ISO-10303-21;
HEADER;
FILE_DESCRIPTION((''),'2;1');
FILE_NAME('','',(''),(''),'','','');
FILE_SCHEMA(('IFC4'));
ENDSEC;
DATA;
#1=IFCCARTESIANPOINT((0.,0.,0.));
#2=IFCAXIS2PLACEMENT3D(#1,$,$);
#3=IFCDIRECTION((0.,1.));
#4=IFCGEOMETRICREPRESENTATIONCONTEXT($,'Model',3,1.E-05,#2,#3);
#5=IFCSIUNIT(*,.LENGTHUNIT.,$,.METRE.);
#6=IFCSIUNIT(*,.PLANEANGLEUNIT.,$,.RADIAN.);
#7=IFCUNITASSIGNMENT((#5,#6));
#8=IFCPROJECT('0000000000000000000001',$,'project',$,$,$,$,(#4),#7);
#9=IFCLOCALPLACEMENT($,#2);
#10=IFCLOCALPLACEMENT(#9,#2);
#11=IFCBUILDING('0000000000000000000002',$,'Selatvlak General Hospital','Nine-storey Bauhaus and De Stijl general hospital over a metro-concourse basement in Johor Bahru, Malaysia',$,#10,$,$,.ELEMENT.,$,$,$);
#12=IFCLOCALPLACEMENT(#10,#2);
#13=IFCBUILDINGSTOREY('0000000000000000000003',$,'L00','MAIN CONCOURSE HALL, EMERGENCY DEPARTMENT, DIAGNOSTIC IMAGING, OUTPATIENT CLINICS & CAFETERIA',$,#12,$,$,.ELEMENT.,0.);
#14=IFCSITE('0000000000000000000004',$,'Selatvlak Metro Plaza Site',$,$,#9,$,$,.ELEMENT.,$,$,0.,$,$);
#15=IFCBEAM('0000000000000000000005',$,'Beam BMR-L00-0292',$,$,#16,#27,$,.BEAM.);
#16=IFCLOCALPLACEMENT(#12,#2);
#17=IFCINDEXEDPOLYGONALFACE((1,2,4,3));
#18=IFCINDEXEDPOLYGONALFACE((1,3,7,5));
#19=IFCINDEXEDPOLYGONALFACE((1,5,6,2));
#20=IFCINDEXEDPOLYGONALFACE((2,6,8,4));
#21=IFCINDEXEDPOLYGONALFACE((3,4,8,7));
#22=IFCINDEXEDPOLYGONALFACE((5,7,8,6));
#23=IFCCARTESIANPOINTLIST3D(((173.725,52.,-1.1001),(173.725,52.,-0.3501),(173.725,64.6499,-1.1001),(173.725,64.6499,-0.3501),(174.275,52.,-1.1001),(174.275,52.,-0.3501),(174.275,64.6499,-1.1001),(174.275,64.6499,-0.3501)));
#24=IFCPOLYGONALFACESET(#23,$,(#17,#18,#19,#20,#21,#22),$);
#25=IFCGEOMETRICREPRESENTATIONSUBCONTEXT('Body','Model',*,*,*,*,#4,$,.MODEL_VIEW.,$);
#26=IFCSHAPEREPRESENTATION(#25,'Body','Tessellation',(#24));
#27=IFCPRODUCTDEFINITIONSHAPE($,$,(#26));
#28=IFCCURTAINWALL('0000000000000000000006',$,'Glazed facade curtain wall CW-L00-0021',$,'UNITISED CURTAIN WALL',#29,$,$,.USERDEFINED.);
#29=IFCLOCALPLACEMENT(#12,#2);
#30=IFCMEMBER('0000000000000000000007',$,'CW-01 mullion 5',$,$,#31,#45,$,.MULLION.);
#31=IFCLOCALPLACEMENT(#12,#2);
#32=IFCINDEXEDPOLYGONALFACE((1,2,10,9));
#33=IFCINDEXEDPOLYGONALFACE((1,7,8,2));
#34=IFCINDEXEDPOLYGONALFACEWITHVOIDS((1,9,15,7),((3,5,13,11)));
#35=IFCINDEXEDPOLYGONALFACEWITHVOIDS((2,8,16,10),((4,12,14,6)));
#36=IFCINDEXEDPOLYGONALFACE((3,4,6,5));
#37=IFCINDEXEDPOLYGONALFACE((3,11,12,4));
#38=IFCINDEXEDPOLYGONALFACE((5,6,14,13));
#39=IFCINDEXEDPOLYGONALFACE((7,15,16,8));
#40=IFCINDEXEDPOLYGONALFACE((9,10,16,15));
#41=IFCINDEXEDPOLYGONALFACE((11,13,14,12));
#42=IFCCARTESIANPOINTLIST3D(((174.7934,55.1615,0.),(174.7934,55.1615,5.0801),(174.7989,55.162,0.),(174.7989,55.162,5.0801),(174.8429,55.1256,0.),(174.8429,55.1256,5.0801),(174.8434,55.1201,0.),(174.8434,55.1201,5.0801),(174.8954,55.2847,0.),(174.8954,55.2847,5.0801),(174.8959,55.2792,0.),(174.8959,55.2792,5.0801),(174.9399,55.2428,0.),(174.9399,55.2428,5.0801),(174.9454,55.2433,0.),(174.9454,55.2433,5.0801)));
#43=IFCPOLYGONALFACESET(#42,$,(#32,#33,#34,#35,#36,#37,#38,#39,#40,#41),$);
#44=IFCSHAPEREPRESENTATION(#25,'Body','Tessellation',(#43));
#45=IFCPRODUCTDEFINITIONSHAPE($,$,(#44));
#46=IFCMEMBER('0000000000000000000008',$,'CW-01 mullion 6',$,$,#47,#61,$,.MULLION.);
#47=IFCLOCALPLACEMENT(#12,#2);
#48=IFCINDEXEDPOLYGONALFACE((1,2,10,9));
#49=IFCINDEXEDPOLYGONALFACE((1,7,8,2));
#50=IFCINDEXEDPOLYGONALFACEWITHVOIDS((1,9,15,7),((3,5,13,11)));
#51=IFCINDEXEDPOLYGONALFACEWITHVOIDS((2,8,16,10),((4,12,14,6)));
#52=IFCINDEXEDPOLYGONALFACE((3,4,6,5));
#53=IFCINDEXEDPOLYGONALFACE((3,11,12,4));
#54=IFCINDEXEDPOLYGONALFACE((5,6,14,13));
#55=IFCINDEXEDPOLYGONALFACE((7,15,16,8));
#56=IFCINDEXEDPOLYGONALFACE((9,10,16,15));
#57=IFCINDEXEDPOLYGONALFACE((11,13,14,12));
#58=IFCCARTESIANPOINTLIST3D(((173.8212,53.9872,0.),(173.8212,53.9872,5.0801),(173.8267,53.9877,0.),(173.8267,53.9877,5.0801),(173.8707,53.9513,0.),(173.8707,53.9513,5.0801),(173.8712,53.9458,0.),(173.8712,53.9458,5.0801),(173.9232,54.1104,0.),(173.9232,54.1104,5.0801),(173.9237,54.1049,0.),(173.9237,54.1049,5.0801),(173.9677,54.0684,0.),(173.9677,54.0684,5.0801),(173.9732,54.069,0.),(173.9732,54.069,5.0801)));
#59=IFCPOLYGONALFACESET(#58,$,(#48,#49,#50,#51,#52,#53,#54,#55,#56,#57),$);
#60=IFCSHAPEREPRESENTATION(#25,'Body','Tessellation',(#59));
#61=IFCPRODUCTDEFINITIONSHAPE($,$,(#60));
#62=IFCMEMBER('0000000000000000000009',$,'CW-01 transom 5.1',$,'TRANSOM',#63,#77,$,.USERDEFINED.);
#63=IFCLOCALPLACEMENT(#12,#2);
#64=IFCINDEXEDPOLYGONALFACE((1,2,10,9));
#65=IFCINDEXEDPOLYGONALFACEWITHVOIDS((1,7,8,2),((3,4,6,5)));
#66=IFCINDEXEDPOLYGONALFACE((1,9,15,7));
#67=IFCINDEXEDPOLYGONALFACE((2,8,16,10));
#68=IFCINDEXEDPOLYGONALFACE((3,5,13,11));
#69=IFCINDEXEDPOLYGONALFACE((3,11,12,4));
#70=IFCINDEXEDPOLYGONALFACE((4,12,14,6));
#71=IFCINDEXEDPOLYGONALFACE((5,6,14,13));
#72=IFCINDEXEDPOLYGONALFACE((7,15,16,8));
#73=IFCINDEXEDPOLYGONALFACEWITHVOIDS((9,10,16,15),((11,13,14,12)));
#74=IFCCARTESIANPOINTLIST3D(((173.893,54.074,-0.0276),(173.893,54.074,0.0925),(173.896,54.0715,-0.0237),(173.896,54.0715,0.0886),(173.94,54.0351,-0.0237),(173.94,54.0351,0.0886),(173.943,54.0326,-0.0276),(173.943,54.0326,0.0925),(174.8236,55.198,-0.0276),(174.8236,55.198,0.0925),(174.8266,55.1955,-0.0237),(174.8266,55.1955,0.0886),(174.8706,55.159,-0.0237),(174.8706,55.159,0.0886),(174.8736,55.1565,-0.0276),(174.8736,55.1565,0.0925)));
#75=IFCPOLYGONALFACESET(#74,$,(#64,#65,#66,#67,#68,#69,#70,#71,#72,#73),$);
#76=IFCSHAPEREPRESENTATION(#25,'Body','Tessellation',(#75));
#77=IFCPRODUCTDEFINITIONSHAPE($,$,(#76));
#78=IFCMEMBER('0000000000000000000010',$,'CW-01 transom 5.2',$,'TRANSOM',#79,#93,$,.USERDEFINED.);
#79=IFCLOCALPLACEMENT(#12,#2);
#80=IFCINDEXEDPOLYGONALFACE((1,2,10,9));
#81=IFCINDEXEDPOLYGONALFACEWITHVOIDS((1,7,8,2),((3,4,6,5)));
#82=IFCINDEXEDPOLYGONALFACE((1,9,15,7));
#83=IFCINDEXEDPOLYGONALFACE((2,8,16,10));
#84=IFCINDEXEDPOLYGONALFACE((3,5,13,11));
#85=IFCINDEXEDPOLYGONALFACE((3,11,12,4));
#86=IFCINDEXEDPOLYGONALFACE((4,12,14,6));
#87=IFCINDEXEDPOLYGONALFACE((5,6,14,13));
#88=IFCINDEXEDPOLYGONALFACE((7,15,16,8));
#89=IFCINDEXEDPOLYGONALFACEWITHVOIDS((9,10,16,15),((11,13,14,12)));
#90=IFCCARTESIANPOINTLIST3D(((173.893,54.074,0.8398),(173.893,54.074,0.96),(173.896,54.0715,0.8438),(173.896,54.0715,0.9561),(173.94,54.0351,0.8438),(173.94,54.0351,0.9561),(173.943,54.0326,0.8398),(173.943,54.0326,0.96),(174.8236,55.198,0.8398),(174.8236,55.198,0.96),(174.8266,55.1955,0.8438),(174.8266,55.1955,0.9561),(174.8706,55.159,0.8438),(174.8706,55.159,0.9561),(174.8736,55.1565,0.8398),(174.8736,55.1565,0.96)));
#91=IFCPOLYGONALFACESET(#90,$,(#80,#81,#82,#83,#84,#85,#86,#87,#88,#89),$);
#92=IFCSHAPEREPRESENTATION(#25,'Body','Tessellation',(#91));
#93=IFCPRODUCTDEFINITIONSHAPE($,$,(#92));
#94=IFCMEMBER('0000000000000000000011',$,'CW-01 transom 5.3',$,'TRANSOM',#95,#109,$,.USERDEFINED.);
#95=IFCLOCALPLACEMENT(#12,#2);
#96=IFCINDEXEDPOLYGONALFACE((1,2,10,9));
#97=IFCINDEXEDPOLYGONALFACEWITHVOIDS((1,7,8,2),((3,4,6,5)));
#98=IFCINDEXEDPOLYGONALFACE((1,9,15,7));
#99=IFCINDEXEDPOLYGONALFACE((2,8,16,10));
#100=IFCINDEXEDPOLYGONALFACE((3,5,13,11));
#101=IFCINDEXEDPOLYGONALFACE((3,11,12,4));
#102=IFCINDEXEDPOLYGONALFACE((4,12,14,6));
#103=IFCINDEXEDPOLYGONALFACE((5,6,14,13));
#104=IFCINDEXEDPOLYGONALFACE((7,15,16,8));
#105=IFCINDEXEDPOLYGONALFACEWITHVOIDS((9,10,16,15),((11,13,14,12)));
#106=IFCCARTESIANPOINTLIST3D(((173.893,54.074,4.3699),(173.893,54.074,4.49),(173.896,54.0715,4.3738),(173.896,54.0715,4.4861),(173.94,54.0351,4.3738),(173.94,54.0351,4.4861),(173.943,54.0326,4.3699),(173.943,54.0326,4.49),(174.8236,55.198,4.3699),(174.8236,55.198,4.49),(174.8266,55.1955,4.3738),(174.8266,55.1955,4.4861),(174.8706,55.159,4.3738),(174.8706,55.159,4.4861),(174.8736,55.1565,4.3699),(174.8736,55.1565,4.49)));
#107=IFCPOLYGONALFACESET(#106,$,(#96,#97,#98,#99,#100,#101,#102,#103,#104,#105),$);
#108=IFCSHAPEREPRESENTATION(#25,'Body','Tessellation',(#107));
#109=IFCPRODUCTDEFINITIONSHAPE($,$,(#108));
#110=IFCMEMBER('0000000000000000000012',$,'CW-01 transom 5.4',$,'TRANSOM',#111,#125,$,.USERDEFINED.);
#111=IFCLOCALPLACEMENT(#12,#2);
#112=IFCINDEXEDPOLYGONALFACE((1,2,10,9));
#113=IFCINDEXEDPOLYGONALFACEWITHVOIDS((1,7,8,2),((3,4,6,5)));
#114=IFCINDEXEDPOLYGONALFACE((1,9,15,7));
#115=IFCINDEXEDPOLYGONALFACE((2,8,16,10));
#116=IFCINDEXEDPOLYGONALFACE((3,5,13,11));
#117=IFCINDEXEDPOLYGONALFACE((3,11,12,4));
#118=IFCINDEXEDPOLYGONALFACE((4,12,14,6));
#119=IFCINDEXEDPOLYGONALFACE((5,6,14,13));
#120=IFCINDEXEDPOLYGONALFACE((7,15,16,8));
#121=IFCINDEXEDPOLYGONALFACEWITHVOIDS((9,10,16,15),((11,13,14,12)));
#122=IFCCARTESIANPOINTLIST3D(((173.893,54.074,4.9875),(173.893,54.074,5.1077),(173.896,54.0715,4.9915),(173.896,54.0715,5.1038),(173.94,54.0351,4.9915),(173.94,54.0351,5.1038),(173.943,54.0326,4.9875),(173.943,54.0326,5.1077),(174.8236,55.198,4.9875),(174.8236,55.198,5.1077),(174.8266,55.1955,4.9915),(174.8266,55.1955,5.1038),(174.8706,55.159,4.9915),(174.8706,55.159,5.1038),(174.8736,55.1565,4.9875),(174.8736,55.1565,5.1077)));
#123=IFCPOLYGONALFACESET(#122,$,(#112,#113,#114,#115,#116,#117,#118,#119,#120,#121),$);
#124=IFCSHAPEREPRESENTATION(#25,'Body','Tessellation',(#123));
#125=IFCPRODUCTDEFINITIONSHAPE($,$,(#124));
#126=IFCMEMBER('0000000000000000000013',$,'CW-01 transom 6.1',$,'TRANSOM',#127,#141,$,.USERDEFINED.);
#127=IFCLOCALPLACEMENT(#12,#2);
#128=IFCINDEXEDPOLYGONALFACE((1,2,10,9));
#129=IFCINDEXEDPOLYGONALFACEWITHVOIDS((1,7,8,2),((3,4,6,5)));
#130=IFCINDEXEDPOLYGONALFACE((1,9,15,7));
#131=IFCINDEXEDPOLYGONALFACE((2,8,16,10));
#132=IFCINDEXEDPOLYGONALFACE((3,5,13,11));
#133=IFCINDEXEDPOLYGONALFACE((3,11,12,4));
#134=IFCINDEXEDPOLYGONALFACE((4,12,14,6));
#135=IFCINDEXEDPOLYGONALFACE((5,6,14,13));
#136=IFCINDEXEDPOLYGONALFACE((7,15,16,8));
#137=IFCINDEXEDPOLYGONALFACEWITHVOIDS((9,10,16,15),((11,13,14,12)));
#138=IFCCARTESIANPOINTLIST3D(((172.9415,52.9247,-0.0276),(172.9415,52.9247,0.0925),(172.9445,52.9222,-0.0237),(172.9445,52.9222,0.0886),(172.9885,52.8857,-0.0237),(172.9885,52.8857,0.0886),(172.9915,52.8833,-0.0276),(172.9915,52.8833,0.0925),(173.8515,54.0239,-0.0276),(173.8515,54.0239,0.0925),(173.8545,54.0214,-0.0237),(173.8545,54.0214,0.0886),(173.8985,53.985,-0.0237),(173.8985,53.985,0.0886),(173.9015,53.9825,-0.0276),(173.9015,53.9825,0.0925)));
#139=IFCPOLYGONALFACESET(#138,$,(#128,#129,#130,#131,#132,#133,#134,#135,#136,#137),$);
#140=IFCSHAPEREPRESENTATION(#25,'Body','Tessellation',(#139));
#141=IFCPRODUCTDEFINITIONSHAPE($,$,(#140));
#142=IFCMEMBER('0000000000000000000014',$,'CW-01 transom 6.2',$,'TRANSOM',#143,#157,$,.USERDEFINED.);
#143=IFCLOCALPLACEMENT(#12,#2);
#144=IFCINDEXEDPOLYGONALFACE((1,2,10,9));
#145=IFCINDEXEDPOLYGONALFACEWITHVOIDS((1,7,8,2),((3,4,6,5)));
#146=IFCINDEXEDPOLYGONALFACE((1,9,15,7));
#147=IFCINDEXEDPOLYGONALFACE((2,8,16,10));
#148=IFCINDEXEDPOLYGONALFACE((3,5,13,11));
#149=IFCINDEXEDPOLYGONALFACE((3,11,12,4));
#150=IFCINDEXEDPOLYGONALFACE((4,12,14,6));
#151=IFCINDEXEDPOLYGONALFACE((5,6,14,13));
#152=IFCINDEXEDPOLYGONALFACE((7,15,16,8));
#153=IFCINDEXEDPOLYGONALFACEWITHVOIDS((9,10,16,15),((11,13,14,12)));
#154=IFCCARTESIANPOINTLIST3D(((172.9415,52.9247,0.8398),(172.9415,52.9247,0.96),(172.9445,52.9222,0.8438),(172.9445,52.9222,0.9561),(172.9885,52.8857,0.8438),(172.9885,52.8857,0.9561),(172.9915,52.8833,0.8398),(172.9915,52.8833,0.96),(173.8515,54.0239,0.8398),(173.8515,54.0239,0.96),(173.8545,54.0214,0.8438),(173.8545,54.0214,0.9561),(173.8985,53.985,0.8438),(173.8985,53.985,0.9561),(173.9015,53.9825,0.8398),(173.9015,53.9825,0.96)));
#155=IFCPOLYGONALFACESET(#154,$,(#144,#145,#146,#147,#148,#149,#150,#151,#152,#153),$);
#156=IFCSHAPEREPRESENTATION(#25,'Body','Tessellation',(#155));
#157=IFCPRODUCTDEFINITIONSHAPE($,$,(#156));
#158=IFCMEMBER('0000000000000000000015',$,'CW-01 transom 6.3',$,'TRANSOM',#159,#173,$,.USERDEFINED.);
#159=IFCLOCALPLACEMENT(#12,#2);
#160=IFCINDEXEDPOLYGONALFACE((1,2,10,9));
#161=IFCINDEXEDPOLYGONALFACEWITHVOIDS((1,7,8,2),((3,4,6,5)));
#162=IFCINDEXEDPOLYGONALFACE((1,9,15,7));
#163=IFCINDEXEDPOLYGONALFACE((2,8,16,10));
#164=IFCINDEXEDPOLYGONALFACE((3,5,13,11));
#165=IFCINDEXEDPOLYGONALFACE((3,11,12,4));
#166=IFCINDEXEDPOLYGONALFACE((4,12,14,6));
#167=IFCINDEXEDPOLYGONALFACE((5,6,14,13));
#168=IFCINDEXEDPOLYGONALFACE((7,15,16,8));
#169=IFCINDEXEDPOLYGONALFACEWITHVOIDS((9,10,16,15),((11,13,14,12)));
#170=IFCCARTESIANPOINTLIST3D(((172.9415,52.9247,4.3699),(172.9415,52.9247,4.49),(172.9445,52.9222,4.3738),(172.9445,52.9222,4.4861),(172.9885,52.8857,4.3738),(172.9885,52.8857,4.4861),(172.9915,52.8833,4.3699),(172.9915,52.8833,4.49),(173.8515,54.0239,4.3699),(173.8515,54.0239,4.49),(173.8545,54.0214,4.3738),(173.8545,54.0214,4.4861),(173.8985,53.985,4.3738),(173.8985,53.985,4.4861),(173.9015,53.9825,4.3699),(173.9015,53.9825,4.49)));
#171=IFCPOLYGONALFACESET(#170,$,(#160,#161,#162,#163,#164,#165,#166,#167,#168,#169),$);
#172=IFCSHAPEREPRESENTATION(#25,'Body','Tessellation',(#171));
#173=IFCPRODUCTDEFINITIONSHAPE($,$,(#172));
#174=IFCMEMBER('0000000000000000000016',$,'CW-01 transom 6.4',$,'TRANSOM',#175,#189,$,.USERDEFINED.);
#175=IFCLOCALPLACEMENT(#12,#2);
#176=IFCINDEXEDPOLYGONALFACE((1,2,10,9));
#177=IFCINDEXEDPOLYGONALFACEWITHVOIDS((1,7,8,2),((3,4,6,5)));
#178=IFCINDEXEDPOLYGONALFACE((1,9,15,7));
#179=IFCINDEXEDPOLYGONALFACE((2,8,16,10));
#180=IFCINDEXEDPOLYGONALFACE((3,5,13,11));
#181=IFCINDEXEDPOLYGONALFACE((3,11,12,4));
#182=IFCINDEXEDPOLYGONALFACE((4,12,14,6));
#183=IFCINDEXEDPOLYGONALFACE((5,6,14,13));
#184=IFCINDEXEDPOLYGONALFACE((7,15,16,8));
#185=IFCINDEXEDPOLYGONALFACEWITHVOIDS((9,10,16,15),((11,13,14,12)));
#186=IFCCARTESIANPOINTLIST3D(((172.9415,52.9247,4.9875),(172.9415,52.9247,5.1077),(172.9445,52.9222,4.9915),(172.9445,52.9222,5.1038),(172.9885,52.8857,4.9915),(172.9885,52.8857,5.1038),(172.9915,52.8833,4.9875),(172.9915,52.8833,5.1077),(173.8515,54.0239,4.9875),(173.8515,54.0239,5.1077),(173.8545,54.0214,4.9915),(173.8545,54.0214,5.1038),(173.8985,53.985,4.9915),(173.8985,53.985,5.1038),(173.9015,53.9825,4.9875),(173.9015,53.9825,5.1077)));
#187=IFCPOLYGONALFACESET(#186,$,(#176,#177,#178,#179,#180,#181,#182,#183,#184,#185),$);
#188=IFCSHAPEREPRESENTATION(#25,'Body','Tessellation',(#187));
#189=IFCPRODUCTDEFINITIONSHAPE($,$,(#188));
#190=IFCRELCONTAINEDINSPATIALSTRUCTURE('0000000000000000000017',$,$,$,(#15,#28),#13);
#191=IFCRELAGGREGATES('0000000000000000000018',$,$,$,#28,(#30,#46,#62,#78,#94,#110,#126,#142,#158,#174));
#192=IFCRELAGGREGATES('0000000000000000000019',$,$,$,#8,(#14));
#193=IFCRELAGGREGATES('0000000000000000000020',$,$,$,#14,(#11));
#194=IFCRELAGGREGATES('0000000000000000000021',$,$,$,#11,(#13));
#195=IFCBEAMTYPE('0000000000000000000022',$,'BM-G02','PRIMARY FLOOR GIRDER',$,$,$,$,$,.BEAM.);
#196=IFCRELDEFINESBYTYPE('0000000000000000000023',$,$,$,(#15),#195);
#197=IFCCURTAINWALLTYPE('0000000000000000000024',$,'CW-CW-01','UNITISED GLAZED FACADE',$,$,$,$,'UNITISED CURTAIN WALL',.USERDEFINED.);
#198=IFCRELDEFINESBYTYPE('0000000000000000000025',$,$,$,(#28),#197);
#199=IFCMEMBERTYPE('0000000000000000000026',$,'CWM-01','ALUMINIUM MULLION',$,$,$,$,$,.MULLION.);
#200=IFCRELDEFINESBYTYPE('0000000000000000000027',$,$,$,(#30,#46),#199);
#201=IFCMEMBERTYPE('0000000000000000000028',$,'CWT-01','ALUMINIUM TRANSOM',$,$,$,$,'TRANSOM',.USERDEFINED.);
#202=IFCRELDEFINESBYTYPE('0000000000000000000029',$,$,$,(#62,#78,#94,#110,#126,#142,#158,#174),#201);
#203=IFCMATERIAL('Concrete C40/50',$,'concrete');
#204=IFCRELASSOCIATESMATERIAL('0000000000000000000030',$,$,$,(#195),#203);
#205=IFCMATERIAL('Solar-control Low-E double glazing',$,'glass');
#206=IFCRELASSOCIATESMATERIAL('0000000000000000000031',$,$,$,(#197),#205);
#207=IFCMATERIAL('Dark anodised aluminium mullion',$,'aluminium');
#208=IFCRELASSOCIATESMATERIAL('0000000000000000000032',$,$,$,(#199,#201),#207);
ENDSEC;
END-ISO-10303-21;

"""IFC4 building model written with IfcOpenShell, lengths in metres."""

from ifc_helpers import new_model, si_unit, direction, frame, origin, origin_2d, place, context, subcontext, project, spatial, rectangle, hollow_rectangle, extrude, material, material_profile, profile_set, type_object, element, aggregate, save


model = new_model("IFC4")

# Units and contexts
model_context = context("Model", 3, precision=1e-05, world=origin(), true_north=direction((0.0, 1.0)))
body_context = subcontext(model_context, "Body", "Model", "MODEL_VIEW")
ifc_project = project(units=[si_unit("LENGTHUNIT", "METRE"), si_unit("PLANEANGLEUNIT", "RADIAN")], contexts=[model_context])

# Site, building, storey
site_placement = place(None, origin())
site = spatial("IfcSite", under=ifc_project, at=site_placement, Name="Selatvlak Metro Plaza Site", CompositionType="ELEMENT", RefElevation=0.0)
building_placement = place(site_placement, origin())
building = spatial("IfcBuilding", under=site, at=building_placement, Name="Selatvlak General Hospital", Description="Nine-storey Bauhaus and De Stijl general hospital over a metro-concourse basement in Johor Bahru, Malaysia", CompositionType="ELEMENT")
storey_placement = place(building_placement, origin())
storey = spatial("IfcBuildingStorey", under=building, at=storey_placement, Name="L00", Description="MAIN CONCOURSE HALL, EMERGENCY DEPARTMENT, DIAGNOSTIC IMAGING, OUTPATIENT CLINICS & CAFETERIA", CompositionType="ELEMENT", Elevation=0.0)

# Beam
ifc_material_1 = material(Name="Concrete C40/50", Category="concrete")
ifc_material_profile_1 = material_profile(ifc_material_1, rectangle(XDim=0.55, YDim=0.75, at=origin_2d()), Name="RC-BM 550x750")
ifc_profile_set_1 = profile_set([ifc_material_profile_1], Name="Concrete C40/50")
beam_type = type_object("IfcBeamType", Name="BM-G02", Description="PRIMARY FLOOR GIRDER", PredefinedType="BEAM", material=ifc_profile_set_1)
beam_placement = place(storey_placement, frame((174.0, 52.0, -0.7251), z_axis=(0.0, 1.0, 0.0), x_axis=(-1.0, 0.0, 0.0)))
element("IfcBeam", 1, at=beam_placement, inside=storey, type_object=beam_type, Name="Beam BMR-L00-0292", PredefinedType="BEAM", context=body_context, shape_type="SweptSolid", body=[
    extrude(rectangle(XDim=0.55, YDim=0.75, at=origin_2d()), origin(), (0.0, 0.0, 1.0), 12.6499),
])

# Curtain wall, members
ifc_material_2 = material(Name="Solar-control Low-E double glazing", Category="glass")
curtain_wall_type = type_object("IfcCurtainWallType", Name="CW-CW-01", Description="UNITISED GLAZED FACADE", ElementType="UNITISED CURTAIN WALL", PredefinedType="USERDEFINED", material=ifc_material_2)
curtain_wall_placement = place(storey_placement, origin())
curtain_wall = element("IfcCurtainWall", 2, at=curtain_wall_placement, inside=storey, type_object=curtain_wall_type, Name="Glazed facade curtain wall CW-L00-0021", ObjectType="UNITISED CURTAIN WALL", PredefinedType="USERDEFINED")
ifc_material_3 = material(Name="Dark anodised aluminium mullion", Category="aluminium")
ifc_material_profile_2 = material_profile(ifc_material_3, hollow_rectangle(XDim=0.0649, YDim=0.1599, WallThickness=0.0039, at=origin_2d()), Name="AL-MUL 65x160x4")
ifc_profile_set_2 = profile_set([ifc_material_profile_2], Name="Dark anodised aluminium mullion")
member_type_1 = type_object("IfcMemberType", Name="CWM-01", Description="ALUMINIUM MULLION", PredefinedType="MULLION", material=ifc_profile_set_2)
member_1_placement = place(storey_placement, frame((174.8694, 55.2024, 0.0), z_axis=(0.0, 0.0, 1.0), x_axis=(0.770252, -0.63774, 0.0)))
member_1 = element("IfcMember", 3, at=member_1_placement, type_object=member_type_1, Name="CW-01 mullion 5", PredefinedType="MULLION", context=body_context, shape_type="SweptSolid", body=[
    extrude(hollow_rectangle(XDim=0.0649, YDim=0.1599, WallThickness=0.0039, at=origin_2d()), origin(), (0.0, 0.0, 1.0), 5.0801),
])
member_2_placement = place(storey_placement, frame((173.8972, 54.0281, 0.0), z_axis=(0.0, 0.0, 1.0), x_axis=(0.770252, -0.63774, 0.0)))
member_2 = element("IfcMember", 4, at=member_2_placement, type_object=member_type_1, Name="CW-01 mullion 6", PredefinedType="MULLION", context=body_context, shape_type="SweptSolid", body=[
    extrude(hollow_rectangle(XDim=0.0649, YDim=0.1599, WallThickness=0.0039, at=origin_2d()), origin(), (0.0, 0.0, 1.0), 5.0801),
])
ifc_material_profile_3 = material_profile(ifc_material_3, hollow_rectangle(XDim=0.0649, YDim=0.1201, WallThickness=0.0039, at=origin_2d()), Name="AL-TRN 65x120x4")
ifc_profile_set_3 = profile_set([ifc_material_profile_3], Name="Dark anodised aluminium mullion")
member_type_2 = type_object("IfcMemberType", Name="CWT-01", Description="ALUMINIUM TRANSOM", ElementType="TRANSOM", PredefinedType="USERDEFINED", material=ifc_profile_set_3)
member_3_placement = place(storey_placement, frame((174.8486, 55.1772, 0.0325), z_axis=(-0.637746, -0.770247, 0.0), x_axis=(0.770247, -0.637746, 0.0)))
member_3 = element("IfcMember", 5, at=member_3_placement, type_object=member_type_2, Name="CW-01 transom 5.1", ObjectType="TRANSOM", PredefinedType="USERDEFINED", context=body_context, shape_type="SweptSolid", body=[
    extrude(hollow_rectangle(XDim=0.0649, YDim=0.1201, WallThickness=0.0039, at=origin_2d()), origin(), (0.0, 0.0, 1.0), 1.4592),
])
member_4_placement = place(storey_placement, frame((174.8486, 55.1772, 0.8999), z_axis=(-0.637746, -0.770247, 0.0), x_axis=(0.770247, -0.637746, 0.0)))
member_4 = element("IfcMember", 6, at=member_4_placement, type_object=member_type_2, Name="CW-01 transom 5.2", ObjectType="TRANSOM", PredefinedType="USERDEFINED", context=body_context, shape_type="SweptSolid", body=[
    extrude(hollow_rectangle(XDim=0.0649, YDim=0.1201, WallThickness=0.0039, at=origin_2d()), origin(), (0.0, 0.0, 1.0), 1.4592),
])
member_5_placement = place(storey_placement, frame((174.8486, 55.1772, 4.4299), z_axis=(-0.637746, -0.770247, 0.0), x_axis=(0.770247, -0.637746, 0.0)))
member_5 = element("IfcMember", 7, at=member_5_placement, type_object=member_type_2, Name="CW-01 transom 5.3", ObjectType="TRANSOM", PredefinedType="USERDEFINED", context=body_context, shape_type="SweptSolid", body=[
    extrude(hollow_rectangle(XDim=0.0649, YDim=0.1201, WallThickness=0.0039, at=origin_2d()), origin(), (0.0, 0.0, 1.0), 1.4592),
])
member_6_placement = place(storey_placement, frame((174.8486, 55.1772, 5.0476), z_axis=(-0.637746, -0.770247, 0.0), x_axis=(0.770247, -0.637746, 0.0)))
member_6 = element("IfcMember", 8, at=member_6_placement, type_object=member_type_2, Name="CW-01 transom 5.4", ObjectType="TRANSOM", PredefinedType="USERDEFINED", context=body_context, shape_type="SweptSolid", body=[
    extrude(hollow_rectangle(XDim=0.0649, YDim=0.1201, WallThickness=0.0039, at=origin_2d()), origin(), (0.0, 0.0, 1.0), 1.4592),
])
member_7_placement = place(storey_placement, frame((173.8765, 54.0032, 0.0325), z_axis=(-0.63769, -0.770293, 0.0), x_axis=(0.770293, -0.63769, 0.0)))
member_7 = element("IfcMember", 9, at=member_7_placement, type_object=member_type_2, Name="CW-01 transom 6.1", ObjectType="TRANSOM", PredefinedType="USERDEFINED", context=body_context, shape_type="SweptSolid", body=[
    extrude(hollow_rectangle(XDim=0.0649, YDim=0.1201, WallThickness=0.0039, at=origin_2d()), origin(), (0.0, 0.0, 1.0), 1.427),
])
member_8_placement = place(storey_placement, frame((173.8765, 54.0032, 0.8999), z_axis=(-0.63769, -0.770293, 0.0), x_axis=(0.770293, -0.63769, 0.0)))
member_8 = element("IfcMember", 10, at=member_8_placement, type_object=member_type_2, Name="CW-01 transom 6.2", ObjectType="TRANSOM", PredefinedType="USERDEFINED", context=body_context, shape_type="SweptSolid", body=[
    extrude(hollow_rectangle(XDim=0.0649, YDim=0.1201, WallThickness=0.0039, at=origin_2d()), origin(), (0.0, 0.0, 1.0), 1.427),
])
member_9_placement = place(storey_placement, frame((173.8765, 54.0032, 4.4299), z_axis=(-0.63769, -0.770293, 0.0), x_axis=(0.770293, -0.63769, 0.0)))
member_9 = element("IfcMember", 11, at=member_9_placement, type_object=member_type_2, Name="CW-01 transom 6.3", ObjectType="TRANSOM", PredefinedType="USERDEFINED", context=body_context, shape_type="SweptSolid", body=[
    extrude(hollow_rectangle(XDim=0.0649, YDim=0.1201, WallThickness=0.0039, at=origin_2d()), origin(), (0.0, 0.0, 1.0), 1.427),
])
member_10_placement = place(storey_placement, frame((173.8765, 54.0032, 5.0476), z_axis=(-0.63769, -0.770293, 0.0), x_axis=(0.770293, -0.63769, 0.0)))
member_10 = element("IfcMember", 12, at=member_10_placement, type_object=member_type_2, Name="CW-01 transom 6.4", ObjectType="TRANSOM", PredefinedType="USERDEFINED", context=body_context, shape_type="SweptSolid", body=[
    extrude(hollow_rectangle(XDim=0.0649, YDim=0.1201, WallThickness=0.0039, at=origin_2d()), origin(), (0.0, 0.0, 1.0), 1.427),
])
aggregate(curtain_wall, [member_1, member_2, member_3, member_4, member_5, member_6, member_7, member_8, member_9, member_10])

save(model, "model.ifc")
